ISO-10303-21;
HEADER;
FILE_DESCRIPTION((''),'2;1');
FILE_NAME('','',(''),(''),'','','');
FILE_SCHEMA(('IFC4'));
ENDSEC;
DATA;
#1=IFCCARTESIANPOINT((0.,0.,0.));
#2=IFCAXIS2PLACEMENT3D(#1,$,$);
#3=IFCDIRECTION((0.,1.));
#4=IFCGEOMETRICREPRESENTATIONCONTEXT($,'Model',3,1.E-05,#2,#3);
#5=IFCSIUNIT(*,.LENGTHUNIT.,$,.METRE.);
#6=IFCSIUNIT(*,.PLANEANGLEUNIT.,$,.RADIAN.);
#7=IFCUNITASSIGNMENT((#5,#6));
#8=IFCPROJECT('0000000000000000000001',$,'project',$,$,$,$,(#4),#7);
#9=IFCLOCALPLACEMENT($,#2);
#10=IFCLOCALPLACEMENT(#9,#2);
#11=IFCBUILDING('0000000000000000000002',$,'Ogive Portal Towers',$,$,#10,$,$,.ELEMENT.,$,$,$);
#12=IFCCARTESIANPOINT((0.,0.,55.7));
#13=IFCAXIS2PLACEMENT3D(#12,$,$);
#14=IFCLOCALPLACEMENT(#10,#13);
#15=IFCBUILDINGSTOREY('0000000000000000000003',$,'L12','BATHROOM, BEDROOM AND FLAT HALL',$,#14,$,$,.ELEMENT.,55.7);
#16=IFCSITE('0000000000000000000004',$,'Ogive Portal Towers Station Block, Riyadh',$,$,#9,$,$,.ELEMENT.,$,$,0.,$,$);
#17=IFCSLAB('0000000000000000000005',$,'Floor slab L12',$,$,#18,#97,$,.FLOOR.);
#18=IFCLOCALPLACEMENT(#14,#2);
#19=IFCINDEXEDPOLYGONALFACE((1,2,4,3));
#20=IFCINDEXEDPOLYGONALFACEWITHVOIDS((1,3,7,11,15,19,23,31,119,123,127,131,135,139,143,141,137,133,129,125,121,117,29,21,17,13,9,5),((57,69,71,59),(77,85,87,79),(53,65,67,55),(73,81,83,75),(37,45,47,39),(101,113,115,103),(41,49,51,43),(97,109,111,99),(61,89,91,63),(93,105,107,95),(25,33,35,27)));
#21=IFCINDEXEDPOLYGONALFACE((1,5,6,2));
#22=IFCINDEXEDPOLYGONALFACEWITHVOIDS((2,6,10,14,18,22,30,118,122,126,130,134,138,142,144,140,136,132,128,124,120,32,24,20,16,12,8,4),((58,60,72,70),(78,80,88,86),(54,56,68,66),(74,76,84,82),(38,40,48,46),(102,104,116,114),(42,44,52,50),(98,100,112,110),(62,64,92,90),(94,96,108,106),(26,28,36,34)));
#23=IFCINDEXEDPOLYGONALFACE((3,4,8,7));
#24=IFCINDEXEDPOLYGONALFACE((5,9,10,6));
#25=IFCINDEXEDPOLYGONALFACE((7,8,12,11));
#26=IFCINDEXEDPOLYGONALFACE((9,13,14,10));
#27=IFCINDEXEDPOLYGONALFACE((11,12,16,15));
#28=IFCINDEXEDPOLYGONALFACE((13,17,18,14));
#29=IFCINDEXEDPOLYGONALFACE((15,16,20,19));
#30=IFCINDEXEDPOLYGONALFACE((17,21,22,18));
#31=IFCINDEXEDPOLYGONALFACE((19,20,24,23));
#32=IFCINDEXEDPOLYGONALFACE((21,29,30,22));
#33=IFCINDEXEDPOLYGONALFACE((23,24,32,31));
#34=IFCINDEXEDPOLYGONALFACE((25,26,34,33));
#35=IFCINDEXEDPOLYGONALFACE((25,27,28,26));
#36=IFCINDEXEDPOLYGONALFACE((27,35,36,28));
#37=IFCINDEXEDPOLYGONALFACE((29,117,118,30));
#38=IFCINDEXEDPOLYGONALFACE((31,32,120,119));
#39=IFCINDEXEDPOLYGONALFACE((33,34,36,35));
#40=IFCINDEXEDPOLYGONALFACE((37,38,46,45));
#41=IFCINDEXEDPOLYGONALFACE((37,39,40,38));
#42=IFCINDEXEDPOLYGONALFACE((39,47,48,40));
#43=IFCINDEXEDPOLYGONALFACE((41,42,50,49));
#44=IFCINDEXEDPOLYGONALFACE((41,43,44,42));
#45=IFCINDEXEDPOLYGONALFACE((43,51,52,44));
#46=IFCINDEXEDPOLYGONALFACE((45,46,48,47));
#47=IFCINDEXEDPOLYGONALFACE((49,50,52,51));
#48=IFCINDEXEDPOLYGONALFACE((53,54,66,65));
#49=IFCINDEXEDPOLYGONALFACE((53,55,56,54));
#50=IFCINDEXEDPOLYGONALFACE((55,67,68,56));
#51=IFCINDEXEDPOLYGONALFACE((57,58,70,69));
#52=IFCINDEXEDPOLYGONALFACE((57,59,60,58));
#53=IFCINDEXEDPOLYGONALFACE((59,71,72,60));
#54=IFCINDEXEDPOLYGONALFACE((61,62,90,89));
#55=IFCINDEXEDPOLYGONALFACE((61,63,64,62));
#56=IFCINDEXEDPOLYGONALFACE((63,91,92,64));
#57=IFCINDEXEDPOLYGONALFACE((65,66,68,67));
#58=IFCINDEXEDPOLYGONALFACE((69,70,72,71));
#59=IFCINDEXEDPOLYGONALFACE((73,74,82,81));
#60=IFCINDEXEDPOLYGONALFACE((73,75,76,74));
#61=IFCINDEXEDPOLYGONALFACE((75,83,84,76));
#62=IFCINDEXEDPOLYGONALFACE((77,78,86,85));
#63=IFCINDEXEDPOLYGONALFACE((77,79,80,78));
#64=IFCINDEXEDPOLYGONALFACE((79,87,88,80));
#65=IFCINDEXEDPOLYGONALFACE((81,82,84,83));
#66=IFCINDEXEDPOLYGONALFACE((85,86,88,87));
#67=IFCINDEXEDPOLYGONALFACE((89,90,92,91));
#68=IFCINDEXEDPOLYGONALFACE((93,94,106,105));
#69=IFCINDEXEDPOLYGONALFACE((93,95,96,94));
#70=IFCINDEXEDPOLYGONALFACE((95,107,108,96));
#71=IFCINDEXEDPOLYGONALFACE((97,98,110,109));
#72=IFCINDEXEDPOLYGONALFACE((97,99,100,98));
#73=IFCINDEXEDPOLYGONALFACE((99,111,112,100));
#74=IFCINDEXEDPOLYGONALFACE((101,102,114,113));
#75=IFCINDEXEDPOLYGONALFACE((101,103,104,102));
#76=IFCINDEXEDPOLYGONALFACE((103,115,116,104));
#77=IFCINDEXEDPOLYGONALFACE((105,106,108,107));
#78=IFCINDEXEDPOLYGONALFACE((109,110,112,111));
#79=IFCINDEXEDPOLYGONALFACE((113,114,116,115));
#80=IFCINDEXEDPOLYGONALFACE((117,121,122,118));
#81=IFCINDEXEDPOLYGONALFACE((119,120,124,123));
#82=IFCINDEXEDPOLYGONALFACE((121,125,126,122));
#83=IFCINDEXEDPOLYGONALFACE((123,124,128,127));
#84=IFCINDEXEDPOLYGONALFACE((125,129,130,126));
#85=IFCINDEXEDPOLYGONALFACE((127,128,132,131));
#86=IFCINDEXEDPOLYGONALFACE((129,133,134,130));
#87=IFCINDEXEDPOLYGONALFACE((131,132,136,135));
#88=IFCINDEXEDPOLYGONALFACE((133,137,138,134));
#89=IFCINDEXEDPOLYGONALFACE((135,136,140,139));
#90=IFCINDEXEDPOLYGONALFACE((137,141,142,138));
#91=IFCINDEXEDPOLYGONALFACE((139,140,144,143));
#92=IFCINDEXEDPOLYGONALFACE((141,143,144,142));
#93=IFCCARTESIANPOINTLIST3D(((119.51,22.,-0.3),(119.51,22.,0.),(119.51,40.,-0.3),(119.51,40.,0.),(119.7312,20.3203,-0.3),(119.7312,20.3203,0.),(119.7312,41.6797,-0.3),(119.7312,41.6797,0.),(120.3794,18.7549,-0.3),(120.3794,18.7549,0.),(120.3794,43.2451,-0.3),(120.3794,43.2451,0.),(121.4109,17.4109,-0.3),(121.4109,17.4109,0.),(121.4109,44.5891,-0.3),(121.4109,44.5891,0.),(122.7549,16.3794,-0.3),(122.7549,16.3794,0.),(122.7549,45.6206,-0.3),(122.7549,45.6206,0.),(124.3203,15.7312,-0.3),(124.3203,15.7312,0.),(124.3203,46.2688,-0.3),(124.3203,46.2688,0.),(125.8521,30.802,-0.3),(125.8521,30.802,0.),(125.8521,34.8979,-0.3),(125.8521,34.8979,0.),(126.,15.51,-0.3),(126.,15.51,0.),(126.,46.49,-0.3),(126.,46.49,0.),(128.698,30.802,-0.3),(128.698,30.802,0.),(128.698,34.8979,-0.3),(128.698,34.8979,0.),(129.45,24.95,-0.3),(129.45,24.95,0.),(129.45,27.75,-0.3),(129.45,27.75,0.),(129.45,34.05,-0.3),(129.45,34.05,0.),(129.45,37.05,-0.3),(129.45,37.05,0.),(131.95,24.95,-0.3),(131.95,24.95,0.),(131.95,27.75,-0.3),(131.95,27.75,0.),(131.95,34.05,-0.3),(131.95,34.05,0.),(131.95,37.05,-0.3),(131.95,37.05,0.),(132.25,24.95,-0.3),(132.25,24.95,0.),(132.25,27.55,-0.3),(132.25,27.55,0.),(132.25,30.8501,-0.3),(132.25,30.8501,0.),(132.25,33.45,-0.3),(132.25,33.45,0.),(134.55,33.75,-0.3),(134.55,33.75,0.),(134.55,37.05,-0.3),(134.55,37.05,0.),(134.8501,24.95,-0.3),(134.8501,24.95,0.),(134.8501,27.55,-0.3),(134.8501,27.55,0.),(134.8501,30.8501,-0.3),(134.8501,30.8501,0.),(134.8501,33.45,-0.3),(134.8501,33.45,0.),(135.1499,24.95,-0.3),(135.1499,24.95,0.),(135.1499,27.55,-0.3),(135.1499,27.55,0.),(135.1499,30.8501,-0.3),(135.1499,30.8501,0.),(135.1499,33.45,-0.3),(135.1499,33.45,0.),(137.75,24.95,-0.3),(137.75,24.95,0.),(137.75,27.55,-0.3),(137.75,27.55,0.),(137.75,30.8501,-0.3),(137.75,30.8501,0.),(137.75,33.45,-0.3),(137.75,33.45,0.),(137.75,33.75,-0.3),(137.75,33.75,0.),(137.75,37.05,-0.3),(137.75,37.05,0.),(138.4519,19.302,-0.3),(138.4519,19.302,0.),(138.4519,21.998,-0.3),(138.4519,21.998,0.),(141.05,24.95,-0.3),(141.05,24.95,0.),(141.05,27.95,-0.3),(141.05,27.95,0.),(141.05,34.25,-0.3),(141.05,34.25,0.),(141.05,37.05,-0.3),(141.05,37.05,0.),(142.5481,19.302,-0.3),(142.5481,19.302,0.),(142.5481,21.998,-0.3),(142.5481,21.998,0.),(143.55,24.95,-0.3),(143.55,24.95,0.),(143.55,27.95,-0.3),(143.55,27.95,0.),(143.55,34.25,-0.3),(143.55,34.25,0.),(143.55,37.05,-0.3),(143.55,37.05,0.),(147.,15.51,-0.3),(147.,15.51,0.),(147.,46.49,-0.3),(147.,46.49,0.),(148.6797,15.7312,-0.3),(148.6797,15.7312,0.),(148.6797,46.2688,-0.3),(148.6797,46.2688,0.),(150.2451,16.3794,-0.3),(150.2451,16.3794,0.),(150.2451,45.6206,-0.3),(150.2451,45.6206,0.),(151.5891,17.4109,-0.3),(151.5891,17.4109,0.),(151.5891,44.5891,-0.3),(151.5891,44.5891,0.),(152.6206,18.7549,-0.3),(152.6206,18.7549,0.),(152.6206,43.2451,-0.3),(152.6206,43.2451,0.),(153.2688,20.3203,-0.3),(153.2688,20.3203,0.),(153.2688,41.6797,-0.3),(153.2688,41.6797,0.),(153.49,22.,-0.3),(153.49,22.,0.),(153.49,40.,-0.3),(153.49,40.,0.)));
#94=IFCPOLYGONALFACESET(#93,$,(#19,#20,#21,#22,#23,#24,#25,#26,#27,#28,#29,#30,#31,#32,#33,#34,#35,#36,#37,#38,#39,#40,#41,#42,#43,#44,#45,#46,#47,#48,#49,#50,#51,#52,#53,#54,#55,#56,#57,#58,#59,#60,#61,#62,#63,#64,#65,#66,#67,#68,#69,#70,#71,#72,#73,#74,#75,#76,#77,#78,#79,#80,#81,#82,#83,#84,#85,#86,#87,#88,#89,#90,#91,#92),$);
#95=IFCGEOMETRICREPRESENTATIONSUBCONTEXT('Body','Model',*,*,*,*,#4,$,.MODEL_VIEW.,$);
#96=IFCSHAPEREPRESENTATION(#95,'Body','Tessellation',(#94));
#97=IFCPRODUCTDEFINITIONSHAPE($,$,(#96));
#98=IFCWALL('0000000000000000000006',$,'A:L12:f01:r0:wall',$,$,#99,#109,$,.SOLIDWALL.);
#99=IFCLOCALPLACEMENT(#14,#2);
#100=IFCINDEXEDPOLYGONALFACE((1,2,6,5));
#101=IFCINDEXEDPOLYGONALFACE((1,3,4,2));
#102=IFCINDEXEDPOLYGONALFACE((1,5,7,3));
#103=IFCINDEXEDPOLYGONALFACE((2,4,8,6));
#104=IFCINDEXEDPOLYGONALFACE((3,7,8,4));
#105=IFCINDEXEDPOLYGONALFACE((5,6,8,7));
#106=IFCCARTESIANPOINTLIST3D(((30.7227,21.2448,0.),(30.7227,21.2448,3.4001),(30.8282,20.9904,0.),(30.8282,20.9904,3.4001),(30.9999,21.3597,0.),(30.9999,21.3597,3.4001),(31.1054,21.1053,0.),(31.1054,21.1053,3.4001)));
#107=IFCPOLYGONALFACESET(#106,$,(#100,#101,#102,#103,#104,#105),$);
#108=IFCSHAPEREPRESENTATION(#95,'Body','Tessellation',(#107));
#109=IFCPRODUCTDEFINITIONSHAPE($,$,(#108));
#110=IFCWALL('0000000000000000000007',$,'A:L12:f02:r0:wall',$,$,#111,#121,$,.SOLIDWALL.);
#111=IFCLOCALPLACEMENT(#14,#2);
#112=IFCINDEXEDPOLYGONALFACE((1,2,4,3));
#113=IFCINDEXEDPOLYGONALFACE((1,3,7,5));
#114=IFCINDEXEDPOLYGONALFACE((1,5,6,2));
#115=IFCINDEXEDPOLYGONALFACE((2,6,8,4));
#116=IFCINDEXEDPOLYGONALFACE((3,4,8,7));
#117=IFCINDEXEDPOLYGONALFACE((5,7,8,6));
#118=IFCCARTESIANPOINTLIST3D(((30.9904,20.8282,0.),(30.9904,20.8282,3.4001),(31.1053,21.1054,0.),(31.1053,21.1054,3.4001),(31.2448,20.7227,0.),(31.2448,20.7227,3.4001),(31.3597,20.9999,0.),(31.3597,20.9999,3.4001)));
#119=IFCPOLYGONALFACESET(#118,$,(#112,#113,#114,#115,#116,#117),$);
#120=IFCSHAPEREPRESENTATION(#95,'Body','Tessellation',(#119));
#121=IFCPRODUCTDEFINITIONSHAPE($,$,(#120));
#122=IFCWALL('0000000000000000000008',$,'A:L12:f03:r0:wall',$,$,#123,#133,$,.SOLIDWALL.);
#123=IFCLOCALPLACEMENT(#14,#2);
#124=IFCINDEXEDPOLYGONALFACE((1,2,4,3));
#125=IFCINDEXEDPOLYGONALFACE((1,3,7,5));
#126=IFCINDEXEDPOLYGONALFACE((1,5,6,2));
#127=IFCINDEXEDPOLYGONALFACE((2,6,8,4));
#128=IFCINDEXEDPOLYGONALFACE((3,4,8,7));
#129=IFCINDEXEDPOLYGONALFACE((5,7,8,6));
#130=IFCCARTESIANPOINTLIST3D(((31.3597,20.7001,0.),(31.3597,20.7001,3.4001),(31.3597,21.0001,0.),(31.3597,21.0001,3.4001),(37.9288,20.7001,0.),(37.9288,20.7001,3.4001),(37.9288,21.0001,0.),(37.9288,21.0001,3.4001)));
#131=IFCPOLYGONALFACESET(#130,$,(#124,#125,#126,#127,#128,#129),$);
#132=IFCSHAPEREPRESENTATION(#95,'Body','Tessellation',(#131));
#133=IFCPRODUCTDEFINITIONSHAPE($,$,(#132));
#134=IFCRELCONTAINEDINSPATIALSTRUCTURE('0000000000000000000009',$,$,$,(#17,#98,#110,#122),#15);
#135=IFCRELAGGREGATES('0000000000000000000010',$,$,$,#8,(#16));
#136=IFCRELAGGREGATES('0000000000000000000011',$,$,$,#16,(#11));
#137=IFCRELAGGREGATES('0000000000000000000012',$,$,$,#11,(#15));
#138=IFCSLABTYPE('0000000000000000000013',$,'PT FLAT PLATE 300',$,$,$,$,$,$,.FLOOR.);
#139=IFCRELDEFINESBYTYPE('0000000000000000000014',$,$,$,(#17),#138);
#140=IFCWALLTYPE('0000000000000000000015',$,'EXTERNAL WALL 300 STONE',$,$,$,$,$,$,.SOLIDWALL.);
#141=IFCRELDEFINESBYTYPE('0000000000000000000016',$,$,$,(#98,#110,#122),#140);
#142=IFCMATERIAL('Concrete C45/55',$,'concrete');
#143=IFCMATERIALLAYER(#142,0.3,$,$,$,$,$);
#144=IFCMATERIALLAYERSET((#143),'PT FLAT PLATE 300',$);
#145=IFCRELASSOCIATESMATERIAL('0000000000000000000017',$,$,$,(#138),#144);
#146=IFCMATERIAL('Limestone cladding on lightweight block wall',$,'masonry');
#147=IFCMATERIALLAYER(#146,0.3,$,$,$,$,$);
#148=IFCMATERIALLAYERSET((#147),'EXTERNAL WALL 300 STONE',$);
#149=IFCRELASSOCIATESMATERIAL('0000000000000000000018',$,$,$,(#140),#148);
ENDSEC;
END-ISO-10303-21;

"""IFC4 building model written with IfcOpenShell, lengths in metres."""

from ifc_helpers import new_model, si_unit, direction, frame, frame_2d, origin, place, context, subcontext, project, spatial, polyline, rectangle, outline, extrude, material, layer, layer_set, type_object, element, save


model = new_model("IFC4")

# Units and contexts
model_context = context("Model", 3, precision=1e-05, world=origin(), true_north=direction((0.0, 1.0)))
body_context = subcontext(model_context, "Body", "Model", "MODEL_VIEW")
ifc_project = project(units=[si_unit("LENGTHUNIT", "METRE"), si_unit("PLANEANGLEUNIT", "RADIAN")], contexts=[model_context])

# Site, building, storey
site_placement = place(None, origin())
site = spatial("IfcSite", under=ifc_project, at=site_placement, Name="Ogive Portal Towers Station Block, Riyadh", CompositionType="ELEMENT", RefElevation=0.0)
building_placement = place(site_placement, origin())
building = spatial("IfcBuilding", under=site, at=building_placement, Name="Ogive Portal Towers", CompositionType="ELEMENT")
storey_placement = place(building_placement, frame((0.0, 0.0, 55.7)))
storey = spatial("IfcBuildingStorey", under=building, at=storey_placement, Name="L12", Description="BATHROOM, BEDROOM AND FLAT HALL", CompositionType="ELEMENT", Elevation=55.7)

# Slab
ifc_material_1 = material(Name="Concrete C45/55", Category="concrete")
ifc_layer_1 = layer(ifc_material_1, 0.3)
ifc_layer_set_1 = layer_set([ifc_layer_1], Name="PT FLAT PLATE 300")
slab_type_1 = type_object("IfcSlabType", Name="PT FLAT PLATE 300", PredefinedType="FLOOR", material=ifc_layer_set_1)
slab_1_placement = place(storey_placement, frame((0.0, 0.0, -0.3)))
element("IfcSlab", 1, at=slab_1_placement, inside=storey, type_object=slab_type_1, Name="Floor slab L12", PredefinedType="FLOOR", context=body_context, shape_type="SweptSolid", body=[
    extrude(outline(polyline([(119.51, 40.0), (119.51, 22.0), (119.7312, 20.3203), (120.3794, 18.7549), (121.4109, 17.4109), (122.7549, 16.3794), (124.3203, 15.7312), (126.0, 15.51), (147.0, 15.51), (148.6797, 15.7312), (150.2451, 16.3794), (151.5891, 17.4109), (152.6206, 18.7549), (153.2688, 20.3203), (153.49, 22.0), (153.49, 40.0), (153.2688, 41.6797), (152.6206, 43.2451), (151.5891, 44.5891), (150.2451, 45.6206), (148.6797, 46.2688), (147.0, 46.49), (126.0, 46.49), (124.3203, 46.2688), (122.7549, 45.6206), (121.4109, 44.5891), (120.3794, 43.2451), (119.7312, 41.6797), (119.51, 40.0)]), holes=[polyline([(131.95, 27.75), (131.95, 24.95), (129.45, 24.95), (129.45, 27.75), (131.95, 27.75)]), polyline([(134.8501, 33.45), (134.8501, 30.8501), (132.25, 30.8501), (132.25, 33.45), (134.8501, 33.45)]), polyline([(128.698, 34.8979), (128.698, 30.802), (125.8521, 30.802), (125.8521, 34.8979), (128.698, 34.8979)]), polyline([(131.95, 37.05), (131.95, 34.05), (129.45, 34.05), (129.45, 37.05), (131.95, 37.05)]), polyline([(138.4519, 21.998), (142.5481, 21.998), (142.5481, 19.302), (138.4519, 19.302), (138.4519, 21.998)]), polyline([(134.8501, 27.55), (134.8501, 24.95), (132.25, 24.95), (132.25, 27.55), (134.8501, 27.55)]), polyline([(137.75, 27.55), (137.75, 24.95), (135.1499, 24.95), (135.1499, 27.55), (137.75, 27.55)]), polyline([(143.55, 27.95), (143.55, 24.95), (141.05, 24.95), (141.05, 27.95), (143.55, 27.95)]), polyline([(137.75, 33.45), (137.75, 30.8501), (135.1499, 30.8501), (135.1499, 33.45), (137.75, 33.45)]), polyline([(137.75, 37.05), (137.75, 33.75), (134.55, 33.75), (134.55, 37.05), (137.75, 37.05)]), polyline([(143.55, 37.05), (143.55, 34.25), (141.05, 34.25), (141.05, 37.05), (143.55, 37.05)])]), origin(), (0.0, 0.0, 1.0), 0.3),
])

# Walls
ifc_material_2 = material(Name="Limestone cladding on lightweight block wall", Category="masonry")
ifc_layer_2 = layer(ifc_material_2, 0.3)
ifc_layer_set_2 = layer_set([ifc_layer_2], Name="EXTERNAL WALL 300 STONE")
wall_type = type_object("IfcWallType", Name="EXTERNAL WALL 300 STONE", PredefinedType="SOLIDWALL", material=ifc_layer_set_2)
for number, where, z_axis, x_axis, name in (
    (2, (30.8613, 21.3022, 0.0), (0.0, 0.0, 1.0), (0.382978, -0.923757, 0.0), "A:L12:f01:r0:wall"),
    (3, (31.0479, 20.9668, 0.0), (0.0, 0.0, 1.0), (0.923757, -0.382978, 0.0), "A:L12:f02:r0:wall"),
):
    element("IfcWall", number, at=place(storey_placement, frame(where, z_axis=z_axis, x_axis=x_axis)), inside=storey, type_object=wall_type, Name=name, PredefinedType="SOLIDWALL", context=body_context, shape_type="SweptSolid", body=[
        extrude(rectangle(XDim=0.2754, YDim=0.3, at=frame_2d((0.1377, 0.0))), origin(), (0.0, 0.0, 1.0), 3.4001),
    ])
wall_placement = place(storey_placement, frame((31.3596, 20.8501, 0.0), z_axis=(0.0, 0.0, 1.0), x_axis=(1.0, 0.0, 0.0)))
element("IfcWall", 4, at=wall_placement, inside=storey, type_object=wall_type, Name="A:L12:f03:r0:wall", PredefinedType="SOLIDWALL", context=body_context, shape_type="SweptSolid", body=[
    extrude(rectangle(XDim=6.5691, YDim=0.3, at=frame_2d((3.2847, 0.0))), origin(), (0.0, 0.0, 1.0), 3.4001),
])

save(model, "model.ifc")
